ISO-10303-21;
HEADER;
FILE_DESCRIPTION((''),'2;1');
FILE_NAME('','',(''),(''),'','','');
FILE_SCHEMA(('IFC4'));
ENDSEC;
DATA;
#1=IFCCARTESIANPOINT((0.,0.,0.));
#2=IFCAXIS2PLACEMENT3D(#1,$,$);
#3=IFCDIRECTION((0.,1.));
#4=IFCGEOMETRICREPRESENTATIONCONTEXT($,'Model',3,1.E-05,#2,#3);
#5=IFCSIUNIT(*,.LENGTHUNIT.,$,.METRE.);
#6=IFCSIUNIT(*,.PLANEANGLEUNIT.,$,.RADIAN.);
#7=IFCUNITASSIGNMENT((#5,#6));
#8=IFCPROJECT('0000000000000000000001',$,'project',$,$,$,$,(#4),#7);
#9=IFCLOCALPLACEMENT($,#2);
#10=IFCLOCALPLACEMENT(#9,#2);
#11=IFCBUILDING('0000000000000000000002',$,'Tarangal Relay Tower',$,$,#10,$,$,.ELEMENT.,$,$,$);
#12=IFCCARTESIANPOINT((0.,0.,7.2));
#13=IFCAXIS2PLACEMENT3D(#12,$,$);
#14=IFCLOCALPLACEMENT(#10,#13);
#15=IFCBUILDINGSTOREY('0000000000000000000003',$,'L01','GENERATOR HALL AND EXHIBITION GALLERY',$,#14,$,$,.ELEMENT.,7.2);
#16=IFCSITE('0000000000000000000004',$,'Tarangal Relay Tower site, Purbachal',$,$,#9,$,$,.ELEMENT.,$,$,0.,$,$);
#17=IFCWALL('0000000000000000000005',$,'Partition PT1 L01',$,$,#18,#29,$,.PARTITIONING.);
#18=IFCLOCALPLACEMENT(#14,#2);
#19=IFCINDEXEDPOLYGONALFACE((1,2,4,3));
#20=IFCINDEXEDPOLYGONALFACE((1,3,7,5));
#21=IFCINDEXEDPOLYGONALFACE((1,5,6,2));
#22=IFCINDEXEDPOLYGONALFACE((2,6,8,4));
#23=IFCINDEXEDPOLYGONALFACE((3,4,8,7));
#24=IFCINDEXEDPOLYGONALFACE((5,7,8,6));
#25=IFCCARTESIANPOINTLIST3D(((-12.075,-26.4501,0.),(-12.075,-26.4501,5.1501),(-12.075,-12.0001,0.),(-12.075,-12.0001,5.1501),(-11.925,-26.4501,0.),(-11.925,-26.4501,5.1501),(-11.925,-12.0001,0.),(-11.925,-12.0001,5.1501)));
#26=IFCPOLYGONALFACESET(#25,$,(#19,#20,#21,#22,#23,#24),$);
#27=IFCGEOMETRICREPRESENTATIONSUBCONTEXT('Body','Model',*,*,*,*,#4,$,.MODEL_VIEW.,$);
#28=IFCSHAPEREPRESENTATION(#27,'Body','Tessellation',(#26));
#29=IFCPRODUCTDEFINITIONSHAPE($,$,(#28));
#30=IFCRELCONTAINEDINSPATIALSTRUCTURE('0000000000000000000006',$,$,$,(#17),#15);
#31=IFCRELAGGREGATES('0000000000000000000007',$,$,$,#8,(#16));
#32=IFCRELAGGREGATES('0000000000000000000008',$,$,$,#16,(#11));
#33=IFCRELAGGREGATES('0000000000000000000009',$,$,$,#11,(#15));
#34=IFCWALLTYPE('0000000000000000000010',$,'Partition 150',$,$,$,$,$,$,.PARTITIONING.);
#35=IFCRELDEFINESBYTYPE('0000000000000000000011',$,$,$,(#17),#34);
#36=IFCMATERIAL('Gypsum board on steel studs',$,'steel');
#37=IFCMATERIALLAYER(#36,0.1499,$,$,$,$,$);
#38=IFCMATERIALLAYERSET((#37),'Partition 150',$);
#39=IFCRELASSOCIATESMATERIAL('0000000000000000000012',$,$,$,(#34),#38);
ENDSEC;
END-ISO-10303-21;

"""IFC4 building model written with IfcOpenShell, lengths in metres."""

from ifc_helpers import new_model, si_unit, direction, frame, frame_2d, origin, place, context, subcontext, project, spatial, rectangle, extrude, material, layer, layer_set, type_object, element, save


model = new_model("IFC4")

# Units and contexts
model_context = context("Model", 3, precision=1e-05, world=origin(), true_north=direction((0.0, 1.0)))
body_context = subcontext(model_context, "Body", "Model", "MODEL_VIEW")
ifc_project = project(units=[si_unit("LENGTHUNIT", "METRE"), si_unit("PLANEANGLEUNIT", "RADIAN")], contexts=[model_context])

# Site, building, storey
site_placement = place(None, origin())
site = spatial("IfcSite", under=ifc_project, at=site_placement, Name="Tarangal Relay Tower site, Purbachal", CompositionType="ELEMENT", RefElevation=0.0)
building_placement = place(site_placement, origin())
building = spatial("IfcBuilding", under=site, at=building_placement, Name="Tarangal Relay Tower", CompositionType="ELEMENT")
storey_placement = place(building_placement, frame((0.0, 0.0, 7.2)))
storey = spatial("IfcBuildingStorey", under=building, at=storey_placement, Name="L01", Description="GENERATOR HALL AND EXHIBITION GALLERY", CompositionType="ELEMENT", Elevation=7.2)

# Wall
ifc_material_1 = material(Name="Gypsum board on steel studs", Category="steel")
ifc_layer_1 = layer(ifc_material_1, 0.1499)
ifc_layer_set_1 = layer_set([ifc_layer_1], Name="Partition 150")
wall_type = type_object("IfcWallType", Name="Partition 150", PredefinedType="PARTITIONING", material=ifc_layer_set_1)
wall_placement = place(storey_placement, frame((-12.0, -12.0, 0.0), z_axis=(0.0, 0.0, 1.0), x_axis=(0.0, -1.0, 0.0)))
element("IfcWall", 1, at=wall_placement, inside=storey, type_object=wall_type, Name="Partition PT1 L01", PredefinedType="PARTITIONING", context=body_context, shape_type="SweptSolid", body=[
    extrude(rectangle(XDim=14.45, YDim=0.1499, at=frame_2d((7.2251, 0.0))), origin(), (0.0, 0.0, 1.0), 5.1501),
])

save(model, "model.ifc")
